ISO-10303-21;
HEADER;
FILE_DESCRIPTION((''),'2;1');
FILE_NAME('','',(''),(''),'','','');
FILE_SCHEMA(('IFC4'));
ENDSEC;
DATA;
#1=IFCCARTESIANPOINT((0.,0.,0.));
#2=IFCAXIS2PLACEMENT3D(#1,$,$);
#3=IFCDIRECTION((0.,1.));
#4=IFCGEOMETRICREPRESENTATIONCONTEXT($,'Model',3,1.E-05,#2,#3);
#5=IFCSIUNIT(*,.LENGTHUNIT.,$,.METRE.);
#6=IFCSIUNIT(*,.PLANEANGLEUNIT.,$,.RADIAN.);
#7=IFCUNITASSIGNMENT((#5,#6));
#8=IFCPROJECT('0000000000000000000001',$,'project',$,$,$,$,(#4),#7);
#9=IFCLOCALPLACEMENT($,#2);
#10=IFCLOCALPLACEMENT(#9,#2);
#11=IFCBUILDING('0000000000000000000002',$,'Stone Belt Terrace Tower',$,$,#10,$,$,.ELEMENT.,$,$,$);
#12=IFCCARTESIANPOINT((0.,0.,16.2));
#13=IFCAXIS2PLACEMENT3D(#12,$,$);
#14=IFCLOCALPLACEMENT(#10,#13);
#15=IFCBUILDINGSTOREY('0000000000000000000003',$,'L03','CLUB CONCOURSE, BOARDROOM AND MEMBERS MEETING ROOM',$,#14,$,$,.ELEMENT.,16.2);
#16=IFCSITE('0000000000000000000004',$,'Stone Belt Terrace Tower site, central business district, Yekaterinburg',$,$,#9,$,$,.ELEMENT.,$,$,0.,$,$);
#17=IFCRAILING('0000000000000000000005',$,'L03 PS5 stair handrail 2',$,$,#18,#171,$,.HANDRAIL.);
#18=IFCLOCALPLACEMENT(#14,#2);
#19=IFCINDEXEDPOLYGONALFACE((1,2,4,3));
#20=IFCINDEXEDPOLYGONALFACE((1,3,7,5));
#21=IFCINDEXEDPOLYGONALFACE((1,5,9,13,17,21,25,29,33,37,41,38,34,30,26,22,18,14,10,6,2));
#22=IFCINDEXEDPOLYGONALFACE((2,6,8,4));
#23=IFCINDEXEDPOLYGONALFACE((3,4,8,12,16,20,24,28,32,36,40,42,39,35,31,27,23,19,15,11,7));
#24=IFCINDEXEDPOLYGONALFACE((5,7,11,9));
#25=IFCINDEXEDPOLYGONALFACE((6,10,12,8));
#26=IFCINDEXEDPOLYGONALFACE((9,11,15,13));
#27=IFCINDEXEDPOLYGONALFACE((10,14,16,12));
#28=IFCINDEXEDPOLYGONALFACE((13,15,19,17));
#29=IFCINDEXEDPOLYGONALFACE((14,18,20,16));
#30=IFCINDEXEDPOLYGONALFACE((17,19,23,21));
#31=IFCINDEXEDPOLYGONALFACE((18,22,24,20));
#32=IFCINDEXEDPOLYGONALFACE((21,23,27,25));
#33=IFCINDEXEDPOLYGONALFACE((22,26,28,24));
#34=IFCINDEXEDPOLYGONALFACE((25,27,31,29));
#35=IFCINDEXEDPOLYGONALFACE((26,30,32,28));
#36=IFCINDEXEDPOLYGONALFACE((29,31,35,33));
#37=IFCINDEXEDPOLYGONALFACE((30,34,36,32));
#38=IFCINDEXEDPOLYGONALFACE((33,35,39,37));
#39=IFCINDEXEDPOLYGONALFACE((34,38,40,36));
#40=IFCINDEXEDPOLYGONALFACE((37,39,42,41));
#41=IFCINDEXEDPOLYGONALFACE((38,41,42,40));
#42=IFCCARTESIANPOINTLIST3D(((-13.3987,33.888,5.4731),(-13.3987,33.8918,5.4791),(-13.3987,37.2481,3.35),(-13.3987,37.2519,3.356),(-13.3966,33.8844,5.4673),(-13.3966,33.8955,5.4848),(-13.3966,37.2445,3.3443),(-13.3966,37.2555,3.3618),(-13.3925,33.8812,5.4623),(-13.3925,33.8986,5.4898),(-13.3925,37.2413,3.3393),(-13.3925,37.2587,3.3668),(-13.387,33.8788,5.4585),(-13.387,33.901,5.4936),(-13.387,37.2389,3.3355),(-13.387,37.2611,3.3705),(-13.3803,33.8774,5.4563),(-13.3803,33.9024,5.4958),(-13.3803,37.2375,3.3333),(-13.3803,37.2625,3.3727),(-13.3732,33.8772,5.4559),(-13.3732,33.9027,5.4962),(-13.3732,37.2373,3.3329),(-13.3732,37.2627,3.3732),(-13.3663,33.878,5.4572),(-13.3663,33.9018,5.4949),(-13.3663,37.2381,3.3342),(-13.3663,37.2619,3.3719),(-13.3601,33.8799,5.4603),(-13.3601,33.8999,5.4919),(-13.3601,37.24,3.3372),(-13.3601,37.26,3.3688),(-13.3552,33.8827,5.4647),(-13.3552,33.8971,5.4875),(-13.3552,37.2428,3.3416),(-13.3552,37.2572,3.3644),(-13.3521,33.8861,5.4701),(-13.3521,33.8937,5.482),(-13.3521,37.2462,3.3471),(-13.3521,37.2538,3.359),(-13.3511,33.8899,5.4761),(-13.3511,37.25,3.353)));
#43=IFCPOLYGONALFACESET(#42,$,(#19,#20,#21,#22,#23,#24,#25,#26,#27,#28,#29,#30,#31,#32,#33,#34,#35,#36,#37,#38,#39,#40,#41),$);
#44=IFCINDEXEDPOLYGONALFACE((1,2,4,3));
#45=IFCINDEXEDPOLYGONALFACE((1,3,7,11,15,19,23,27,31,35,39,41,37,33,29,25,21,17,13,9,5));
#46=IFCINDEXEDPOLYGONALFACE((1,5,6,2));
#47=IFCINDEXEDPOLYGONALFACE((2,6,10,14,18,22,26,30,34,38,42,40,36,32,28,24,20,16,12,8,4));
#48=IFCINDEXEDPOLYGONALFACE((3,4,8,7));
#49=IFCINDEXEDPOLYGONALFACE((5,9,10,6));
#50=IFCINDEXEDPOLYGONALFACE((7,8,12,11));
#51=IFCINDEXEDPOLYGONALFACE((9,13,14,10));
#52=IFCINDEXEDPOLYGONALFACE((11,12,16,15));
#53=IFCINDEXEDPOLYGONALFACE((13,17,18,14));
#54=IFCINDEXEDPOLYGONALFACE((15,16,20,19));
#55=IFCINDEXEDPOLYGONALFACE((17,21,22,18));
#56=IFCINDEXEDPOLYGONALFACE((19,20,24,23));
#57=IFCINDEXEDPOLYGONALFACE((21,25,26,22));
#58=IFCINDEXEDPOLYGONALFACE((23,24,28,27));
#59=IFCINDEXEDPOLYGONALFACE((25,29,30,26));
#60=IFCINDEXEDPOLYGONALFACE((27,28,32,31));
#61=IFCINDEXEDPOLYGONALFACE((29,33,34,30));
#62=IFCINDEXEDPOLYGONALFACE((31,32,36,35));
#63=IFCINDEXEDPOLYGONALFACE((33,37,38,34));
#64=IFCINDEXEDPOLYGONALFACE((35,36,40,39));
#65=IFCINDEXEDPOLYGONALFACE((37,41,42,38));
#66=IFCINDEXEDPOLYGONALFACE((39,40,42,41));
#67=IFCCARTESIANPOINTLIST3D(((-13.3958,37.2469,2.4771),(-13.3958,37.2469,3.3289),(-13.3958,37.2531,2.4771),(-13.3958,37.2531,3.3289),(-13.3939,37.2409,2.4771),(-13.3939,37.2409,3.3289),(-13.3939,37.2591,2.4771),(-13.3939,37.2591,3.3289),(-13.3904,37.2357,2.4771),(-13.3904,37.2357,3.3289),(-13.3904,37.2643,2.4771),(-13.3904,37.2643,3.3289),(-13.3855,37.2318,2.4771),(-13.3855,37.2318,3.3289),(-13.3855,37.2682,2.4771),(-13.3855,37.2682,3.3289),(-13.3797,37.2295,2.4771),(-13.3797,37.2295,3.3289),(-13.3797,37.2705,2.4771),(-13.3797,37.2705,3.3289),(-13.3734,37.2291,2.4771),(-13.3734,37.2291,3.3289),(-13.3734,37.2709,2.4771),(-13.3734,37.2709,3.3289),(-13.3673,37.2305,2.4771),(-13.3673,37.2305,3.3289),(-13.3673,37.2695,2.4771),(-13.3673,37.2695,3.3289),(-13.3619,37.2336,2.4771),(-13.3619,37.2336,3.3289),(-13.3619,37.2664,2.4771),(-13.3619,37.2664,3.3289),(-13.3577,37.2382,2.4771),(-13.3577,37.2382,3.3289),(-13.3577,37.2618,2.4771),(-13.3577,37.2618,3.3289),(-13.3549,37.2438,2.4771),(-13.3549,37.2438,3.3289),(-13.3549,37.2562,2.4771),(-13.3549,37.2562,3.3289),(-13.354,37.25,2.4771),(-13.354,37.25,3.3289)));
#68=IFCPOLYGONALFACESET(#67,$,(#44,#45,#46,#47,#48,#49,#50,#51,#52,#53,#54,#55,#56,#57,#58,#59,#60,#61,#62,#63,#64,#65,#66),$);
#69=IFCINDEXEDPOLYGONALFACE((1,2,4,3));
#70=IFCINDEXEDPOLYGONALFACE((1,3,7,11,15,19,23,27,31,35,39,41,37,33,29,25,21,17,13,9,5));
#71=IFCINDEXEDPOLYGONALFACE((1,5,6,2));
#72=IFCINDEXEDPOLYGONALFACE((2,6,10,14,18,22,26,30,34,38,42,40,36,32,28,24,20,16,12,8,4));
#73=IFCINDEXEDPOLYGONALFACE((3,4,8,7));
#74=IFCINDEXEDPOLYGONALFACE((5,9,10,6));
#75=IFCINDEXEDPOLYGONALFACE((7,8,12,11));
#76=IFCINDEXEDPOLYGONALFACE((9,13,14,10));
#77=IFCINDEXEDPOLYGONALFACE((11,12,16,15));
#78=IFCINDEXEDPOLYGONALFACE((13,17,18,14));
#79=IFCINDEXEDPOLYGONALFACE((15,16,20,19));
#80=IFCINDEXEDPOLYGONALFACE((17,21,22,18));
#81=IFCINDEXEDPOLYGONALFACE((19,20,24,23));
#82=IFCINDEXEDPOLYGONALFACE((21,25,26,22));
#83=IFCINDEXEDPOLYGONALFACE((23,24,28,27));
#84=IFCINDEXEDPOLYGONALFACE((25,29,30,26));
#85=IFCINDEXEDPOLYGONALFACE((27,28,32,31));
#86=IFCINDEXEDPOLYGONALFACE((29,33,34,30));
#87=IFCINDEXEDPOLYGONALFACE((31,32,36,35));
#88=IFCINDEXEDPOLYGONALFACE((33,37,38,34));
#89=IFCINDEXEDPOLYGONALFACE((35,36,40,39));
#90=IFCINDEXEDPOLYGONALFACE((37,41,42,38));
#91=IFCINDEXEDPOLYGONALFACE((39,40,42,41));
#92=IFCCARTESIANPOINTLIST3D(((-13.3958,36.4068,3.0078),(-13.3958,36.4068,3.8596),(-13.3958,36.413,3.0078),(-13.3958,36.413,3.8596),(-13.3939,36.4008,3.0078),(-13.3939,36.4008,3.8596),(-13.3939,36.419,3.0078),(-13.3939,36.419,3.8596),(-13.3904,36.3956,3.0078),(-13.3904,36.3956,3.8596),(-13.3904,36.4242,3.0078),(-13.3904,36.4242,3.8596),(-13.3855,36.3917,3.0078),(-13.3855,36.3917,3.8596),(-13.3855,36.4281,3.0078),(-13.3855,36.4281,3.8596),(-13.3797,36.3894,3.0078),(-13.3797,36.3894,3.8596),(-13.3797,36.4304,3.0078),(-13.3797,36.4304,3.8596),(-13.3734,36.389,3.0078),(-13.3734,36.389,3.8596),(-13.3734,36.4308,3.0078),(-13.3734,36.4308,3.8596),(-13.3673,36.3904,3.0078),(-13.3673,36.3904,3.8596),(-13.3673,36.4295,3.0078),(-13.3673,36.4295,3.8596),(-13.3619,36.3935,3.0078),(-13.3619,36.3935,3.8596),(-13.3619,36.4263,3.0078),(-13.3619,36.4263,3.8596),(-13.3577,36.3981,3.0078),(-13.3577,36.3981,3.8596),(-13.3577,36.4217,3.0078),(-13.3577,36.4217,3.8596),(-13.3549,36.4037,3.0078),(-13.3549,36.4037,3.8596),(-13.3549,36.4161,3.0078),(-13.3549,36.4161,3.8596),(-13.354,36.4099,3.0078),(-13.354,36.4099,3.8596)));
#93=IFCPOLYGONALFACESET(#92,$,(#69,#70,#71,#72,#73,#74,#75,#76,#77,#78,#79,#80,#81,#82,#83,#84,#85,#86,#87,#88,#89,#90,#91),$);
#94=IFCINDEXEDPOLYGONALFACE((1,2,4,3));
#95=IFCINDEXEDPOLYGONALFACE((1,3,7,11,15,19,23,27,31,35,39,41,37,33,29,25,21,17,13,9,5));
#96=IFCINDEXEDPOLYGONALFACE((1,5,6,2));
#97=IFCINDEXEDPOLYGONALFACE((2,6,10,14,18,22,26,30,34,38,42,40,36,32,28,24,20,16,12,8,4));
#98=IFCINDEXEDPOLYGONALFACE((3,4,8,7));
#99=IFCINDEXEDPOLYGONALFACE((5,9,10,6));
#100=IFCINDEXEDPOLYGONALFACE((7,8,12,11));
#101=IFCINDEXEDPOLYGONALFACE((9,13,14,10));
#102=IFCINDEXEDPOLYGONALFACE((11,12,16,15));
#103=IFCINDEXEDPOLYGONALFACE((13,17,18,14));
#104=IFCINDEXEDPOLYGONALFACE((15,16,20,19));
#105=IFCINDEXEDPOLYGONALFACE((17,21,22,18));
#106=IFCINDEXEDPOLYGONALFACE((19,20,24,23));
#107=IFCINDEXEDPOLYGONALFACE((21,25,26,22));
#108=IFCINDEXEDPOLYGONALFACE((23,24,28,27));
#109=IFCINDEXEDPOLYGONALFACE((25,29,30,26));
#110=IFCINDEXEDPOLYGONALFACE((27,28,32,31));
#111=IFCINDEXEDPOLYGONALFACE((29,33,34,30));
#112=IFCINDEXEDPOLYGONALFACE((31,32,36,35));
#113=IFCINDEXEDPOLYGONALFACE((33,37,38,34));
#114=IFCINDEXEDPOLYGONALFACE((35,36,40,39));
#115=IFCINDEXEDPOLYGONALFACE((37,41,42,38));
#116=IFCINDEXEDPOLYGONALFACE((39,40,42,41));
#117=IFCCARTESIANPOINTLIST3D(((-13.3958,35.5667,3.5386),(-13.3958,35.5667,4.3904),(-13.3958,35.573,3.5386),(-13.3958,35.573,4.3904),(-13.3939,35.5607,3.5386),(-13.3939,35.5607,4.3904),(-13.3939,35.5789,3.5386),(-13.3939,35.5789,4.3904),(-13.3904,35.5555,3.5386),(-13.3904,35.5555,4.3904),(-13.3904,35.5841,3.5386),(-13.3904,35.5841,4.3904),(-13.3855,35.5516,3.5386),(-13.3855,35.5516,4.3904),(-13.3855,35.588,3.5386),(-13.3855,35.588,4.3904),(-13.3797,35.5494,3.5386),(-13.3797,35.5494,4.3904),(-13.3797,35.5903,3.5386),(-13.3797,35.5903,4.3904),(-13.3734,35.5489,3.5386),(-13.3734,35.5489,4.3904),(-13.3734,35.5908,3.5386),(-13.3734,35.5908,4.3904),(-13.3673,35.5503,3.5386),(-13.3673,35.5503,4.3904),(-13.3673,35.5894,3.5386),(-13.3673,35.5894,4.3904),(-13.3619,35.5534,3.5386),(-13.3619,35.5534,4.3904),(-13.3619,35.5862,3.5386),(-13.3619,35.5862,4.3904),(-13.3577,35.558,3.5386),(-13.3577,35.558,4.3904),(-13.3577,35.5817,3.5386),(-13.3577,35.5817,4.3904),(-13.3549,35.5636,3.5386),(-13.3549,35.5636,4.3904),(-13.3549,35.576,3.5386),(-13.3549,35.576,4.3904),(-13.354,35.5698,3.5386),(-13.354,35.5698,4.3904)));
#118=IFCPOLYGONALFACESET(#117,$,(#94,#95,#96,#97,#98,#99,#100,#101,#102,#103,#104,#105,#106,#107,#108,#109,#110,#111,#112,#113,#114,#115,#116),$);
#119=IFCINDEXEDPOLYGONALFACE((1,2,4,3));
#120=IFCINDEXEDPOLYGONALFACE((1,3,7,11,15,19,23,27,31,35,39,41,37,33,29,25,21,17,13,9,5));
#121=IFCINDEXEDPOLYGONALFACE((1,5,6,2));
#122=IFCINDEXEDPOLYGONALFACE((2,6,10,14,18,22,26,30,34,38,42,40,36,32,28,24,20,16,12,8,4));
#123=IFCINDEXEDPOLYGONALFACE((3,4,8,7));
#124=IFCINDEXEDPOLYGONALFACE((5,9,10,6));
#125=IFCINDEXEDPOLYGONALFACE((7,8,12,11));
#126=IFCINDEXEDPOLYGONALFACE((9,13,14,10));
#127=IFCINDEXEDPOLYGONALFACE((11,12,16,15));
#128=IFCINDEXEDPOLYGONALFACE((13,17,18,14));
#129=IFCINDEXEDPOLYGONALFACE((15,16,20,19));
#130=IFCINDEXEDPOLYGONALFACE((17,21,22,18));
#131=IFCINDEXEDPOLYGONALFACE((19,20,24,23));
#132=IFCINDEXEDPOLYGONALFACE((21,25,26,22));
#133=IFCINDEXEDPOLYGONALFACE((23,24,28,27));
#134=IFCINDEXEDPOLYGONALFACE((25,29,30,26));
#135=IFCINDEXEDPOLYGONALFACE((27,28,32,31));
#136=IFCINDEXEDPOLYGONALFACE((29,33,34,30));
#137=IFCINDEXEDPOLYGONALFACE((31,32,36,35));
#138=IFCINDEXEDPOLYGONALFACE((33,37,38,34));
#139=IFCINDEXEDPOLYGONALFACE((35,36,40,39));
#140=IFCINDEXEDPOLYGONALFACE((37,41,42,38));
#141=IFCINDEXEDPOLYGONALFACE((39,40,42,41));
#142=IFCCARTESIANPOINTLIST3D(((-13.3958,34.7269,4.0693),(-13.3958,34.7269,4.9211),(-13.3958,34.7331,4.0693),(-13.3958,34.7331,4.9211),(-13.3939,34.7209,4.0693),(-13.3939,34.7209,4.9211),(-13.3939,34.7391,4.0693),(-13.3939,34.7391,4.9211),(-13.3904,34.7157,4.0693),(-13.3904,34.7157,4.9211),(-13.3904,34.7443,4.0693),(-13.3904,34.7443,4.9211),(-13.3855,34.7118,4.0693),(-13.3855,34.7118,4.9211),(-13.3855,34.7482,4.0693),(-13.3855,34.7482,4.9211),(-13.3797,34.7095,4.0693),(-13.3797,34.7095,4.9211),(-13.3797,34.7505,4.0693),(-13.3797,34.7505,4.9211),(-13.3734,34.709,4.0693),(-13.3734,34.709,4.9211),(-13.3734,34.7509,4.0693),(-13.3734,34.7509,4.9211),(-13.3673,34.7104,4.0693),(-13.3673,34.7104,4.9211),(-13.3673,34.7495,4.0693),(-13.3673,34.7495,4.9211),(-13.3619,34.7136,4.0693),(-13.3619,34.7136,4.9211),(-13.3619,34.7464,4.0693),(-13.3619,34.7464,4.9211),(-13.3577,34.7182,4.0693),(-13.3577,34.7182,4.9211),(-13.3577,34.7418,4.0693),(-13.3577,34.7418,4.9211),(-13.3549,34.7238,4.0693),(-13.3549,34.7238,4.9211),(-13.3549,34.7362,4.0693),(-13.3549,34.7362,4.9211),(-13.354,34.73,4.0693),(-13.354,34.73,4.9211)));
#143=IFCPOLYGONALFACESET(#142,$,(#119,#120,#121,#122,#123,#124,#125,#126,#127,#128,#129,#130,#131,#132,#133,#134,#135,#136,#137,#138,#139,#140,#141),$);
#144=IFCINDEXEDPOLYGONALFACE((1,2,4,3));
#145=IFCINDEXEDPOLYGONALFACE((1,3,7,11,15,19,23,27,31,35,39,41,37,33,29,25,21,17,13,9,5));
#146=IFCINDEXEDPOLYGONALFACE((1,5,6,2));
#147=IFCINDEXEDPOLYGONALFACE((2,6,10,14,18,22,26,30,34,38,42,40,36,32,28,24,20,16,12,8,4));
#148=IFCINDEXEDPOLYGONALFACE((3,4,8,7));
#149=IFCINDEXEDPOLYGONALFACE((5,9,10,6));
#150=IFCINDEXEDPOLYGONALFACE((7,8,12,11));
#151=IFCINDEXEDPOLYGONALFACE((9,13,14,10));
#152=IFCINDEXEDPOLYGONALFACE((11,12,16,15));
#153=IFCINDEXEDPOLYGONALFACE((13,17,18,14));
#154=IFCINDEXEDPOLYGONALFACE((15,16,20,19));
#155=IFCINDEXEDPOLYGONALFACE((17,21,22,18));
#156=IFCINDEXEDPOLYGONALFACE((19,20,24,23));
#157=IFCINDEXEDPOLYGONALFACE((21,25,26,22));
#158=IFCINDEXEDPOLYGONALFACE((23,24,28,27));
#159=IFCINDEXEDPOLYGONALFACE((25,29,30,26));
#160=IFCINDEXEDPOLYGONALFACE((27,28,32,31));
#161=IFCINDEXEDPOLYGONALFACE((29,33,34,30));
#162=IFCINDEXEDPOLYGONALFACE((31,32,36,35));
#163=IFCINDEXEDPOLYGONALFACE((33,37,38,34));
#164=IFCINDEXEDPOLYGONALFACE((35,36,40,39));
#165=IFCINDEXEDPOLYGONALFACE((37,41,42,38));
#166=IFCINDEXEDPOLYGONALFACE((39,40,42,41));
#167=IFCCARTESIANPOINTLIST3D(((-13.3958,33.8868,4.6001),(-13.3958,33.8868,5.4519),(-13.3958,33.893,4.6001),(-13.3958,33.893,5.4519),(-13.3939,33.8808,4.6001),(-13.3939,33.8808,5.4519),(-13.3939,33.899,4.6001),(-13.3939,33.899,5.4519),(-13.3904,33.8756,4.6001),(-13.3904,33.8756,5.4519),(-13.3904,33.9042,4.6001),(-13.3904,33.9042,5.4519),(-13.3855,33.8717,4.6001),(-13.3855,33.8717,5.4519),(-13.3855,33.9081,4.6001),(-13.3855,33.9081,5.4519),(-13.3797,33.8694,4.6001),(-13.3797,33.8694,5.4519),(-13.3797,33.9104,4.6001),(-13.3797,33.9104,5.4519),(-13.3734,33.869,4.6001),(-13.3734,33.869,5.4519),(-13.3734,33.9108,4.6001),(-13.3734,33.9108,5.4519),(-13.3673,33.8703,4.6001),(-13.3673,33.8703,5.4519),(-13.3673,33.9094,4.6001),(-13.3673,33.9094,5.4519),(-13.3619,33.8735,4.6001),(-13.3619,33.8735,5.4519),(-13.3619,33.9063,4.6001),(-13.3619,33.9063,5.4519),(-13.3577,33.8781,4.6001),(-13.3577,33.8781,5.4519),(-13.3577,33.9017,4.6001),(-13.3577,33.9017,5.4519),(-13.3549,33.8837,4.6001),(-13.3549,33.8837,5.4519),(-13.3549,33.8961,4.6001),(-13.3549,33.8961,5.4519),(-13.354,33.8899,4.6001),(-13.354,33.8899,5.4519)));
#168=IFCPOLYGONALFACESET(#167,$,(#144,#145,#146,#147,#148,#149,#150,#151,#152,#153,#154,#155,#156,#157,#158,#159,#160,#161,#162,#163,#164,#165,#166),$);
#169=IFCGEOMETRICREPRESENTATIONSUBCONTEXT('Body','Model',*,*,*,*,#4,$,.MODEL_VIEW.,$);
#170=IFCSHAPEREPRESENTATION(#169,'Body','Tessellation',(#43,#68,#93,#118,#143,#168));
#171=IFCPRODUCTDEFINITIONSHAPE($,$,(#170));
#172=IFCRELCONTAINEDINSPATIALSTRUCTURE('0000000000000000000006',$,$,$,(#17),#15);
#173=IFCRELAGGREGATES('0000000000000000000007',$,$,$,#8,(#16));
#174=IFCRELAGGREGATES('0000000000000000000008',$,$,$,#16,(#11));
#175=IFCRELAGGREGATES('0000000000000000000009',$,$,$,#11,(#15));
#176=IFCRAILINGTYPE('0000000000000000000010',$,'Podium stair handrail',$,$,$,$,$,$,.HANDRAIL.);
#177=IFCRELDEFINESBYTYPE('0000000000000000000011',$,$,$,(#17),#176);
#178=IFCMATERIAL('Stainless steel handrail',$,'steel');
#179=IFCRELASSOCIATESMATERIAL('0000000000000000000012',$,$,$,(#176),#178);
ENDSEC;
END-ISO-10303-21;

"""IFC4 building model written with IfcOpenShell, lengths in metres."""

from ifc_helpers import new_model, si_unit, direction, frame, origin, origin_2d, place, context, subcontext, project, spatial, circle, extrude, material, type_object, element, save


model = new_model("IFC4")

# Units and contexts
model_context = context("Model", 3, precision=1e-05, world=origin(), true_north=direction((0.0, 1.0)))
body_context = subcontext(model_context, "Body", "Model", "MODEL_VIEW")
ifc_project = project(units=[si_unit("LENGTHUNIT", "METRE"), si_unit("PLANEANGLEUNIT", "RADIAN")], contexts=[model_context])

# Site, building, storey
site_placement = place(None, origin())
site = spatial("IfcSite", under=ifc_project, at=site_placement, Name="Stone Belt Terrace Tower site, central business district, Yekaterinburg", CompositionType="ELEMENT", RefElevation=0.0)
building_placement = place(site_placement, origin())
building = spatial("IfcBuilding", under=site, at=building_placement, Name="Stone Belt Terrace Tower", CompositionType="ELEMENT")
storey_placement = place(building_placement, frame((0.0, 0.0, 16.2)))
storey = spatial("IfcBuildingStorey", under=building, at=storey_placement, Name="L03", Description="CLUB CONCOURSE, BOARDROOM AND MEMBERS MEETING ROOM", CompositionType="ELEMENT", Elevation=16.2)

# Railing
ifc_material_1 = material(Name="Stainless steel handrail", Category="steel")
railing_type_1 = type_object("IfcRailingType", Name="Podium stair handrail", PredefinedType="HANDRAIL", material=ifc_material_1)
railing_1_placement = place(storey_placement, frame((-13.375, 37.25, 2.4771)))
element("IfcRailing", 1, at=railing_1_placement, inside=storey, type_object=railing_type_1, Name="L03 PS5 stair handrail 2", PredefinedType="HANDRAIL", context=body_context, shape_type="SweptSolid", body=[
    extrude(circle(Radius=0.0239, at=origin_2d()), frame((0.0, 0.0, 0.876), z_axis=(0.0, -0.84539, 0.53415), x_axis=(1.0, 0.0, 0.0)), (0.0, 0.0, 1.0), 3.9746),
    extrude(circle(Radius=0.021, at=origin_2d()), origin(), (0.0, 0.0, 1.0), 0.8518),
    extrude(circle(Radius=0.021, at=origin_2d()), frame((0.0, -0.8401, 0.5308)), (0.0, 0.0, 1.0), 0.8518),
    extrude(circle(Radius=0.021, at=origin_2d()), frame((0.0, -1.6802, 1.0615)), (0.0, 0.0, 1.0), 0.8518),
    extrude(circle(Radius=0.021, at=origin_2d()), frame((0.0, -2.52, 1.5923)), (0.0, 0.0, 1.0), 0.8518),
    extrude(circle(Radius=0.021, at=origin_2d()), frame((0.0, -3.3601, 2.123)), (0.0, 0.0, 1.0), 0.8518),
])

save(model, "model.ifc")
